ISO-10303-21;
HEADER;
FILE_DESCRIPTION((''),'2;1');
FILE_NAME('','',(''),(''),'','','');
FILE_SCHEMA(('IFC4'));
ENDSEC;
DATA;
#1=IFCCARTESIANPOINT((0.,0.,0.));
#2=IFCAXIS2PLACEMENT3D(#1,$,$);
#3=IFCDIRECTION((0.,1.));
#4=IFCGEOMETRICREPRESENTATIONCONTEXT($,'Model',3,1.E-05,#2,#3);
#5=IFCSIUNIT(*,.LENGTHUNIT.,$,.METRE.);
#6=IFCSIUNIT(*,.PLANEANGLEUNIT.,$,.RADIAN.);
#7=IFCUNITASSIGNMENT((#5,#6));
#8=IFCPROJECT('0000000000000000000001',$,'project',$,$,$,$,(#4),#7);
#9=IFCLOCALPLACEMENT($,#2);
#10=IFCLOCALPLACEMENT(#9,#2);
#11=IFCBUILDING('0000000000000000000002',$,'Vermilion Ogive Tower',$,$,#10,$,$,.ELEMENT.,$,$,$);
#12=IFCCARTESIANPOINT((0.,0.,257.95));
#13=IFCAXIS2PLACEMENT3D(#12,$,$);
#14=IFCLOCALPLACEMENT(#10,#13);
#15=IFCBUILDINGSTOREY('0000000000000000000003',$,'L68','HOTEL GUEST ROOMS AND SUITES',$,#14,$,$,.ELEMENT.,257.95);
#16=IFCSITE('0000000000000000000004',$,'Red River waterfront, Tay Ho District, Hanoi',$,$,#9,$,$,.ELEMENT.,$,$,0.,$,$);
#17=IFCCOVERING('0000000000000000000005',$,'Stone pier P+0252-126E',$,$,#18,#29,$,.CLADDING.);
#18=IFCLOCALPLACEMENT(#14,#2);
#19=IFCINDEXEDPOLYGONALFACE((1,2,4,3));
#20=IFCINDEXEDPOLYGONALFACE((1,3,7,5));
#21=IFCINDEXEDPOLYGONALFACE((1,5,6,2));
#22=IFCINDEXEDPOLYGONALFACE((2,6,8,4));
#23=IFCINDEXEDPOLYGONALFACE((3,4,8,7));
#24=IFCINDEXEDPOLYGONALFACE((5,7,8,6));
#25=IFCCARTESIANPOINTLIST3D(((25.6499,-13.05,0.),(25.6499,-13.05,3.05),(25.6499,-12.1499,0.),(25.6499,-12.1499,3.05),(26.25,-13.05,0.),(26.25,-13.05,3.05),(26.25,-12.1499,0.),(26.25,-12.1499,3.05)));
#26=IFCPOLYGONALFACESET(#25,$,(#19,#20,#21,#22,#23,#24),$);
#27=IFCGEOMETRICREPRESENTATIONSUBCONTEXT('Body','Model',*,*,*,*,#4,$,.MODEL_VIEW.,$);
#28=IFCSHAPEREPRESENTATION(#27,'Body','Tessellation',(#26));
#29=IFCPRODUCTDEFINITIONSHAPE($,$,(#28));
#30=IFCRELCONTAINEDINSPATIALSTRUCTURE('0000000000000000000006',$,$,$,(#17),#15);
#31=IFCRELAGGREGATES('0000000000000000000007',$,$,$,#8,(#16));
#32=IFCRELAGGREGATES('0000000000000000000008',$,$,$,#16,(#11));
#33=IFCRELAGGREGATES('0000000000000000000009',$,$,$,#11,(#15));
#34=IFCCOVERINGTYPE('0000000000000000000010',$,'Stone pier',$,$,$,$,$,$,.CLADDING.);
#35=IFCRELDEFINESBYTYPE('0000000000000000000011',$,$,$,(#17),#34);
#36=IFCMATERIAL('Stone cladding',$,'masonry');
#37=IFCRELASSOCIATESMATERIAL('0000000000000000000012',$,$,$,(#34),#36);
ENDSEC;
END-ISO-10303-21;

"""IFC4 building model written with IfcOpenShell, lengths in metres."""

from ifc_helpers import new_model, si_unit, direction, frame, origin, place, context, subcontext, project, spatial, polyline, outline, extrude, material, type_object, element, save


model = new_model("IFC4")

# Units and contexts
model_context = context("Model", 3, precision=1e-05, world=origin(), true_north=direction((0.0, 1.0)))
body_context = subcontext(model_context, "Body", "Model", "MODEL_VIEW")
ifc_project = project(units=[si_unit("LENGTHUNIT", "METRE"), si_unit("PLANEANGLEUNIT", "RADIAN")], contexts=[model_context])

# Site, building, storey
site_placement = place(None, origin())
site = spatial("IfcSite", under=ifc_project, at=site_placement, Name="Red River waterfront, Tay Ho District, Hanoi", CompositionType="ELEMENT", RefElevation=0.0)
building_placement = place(site_placement, origin())
building = spatial("IfcBuilding", under=site, at=building_placement, Name="Vermilion Ogive Tower", CompositionType="ELEMENT")
storey_placement = place(building_placement, frame((0.0, 0.0, 257.95)))
storey = spatial("IfcBuildingStorey", under=building, at=storey_placement, Name="L68", Description="HOTEL GUEST ROOMS AND SUITES", CompositionType="ELEMENT", Elevation=257.95)

# Covering
ifc_material_1 = material(Name="Stone cladding", Category="masonry")
covering_type_1 = type_object("IfcCoveringType", Name="Stone pier", PredefinedType="CLADDING", material=ifc_material_1)
covering_1_placement = place(storey_placement, origin())
element("IfcCovering", 1, at=covering_1_placement, inside=storey, type_object=covering_type_1, Name="Stone pier P+0252-126E", PredefinedType="CLADDING", context=body_context, shape_type="SweptSolid", body=[
    extrude(outline(polyline([(26.25, -13.05), (25.6499, -13.05), (25.6499, -12.1499), (26.25, -12.1499), (26.25, -13.05)])), origin(), (0.0, 0.0, 1.0), 3.05),
])

save(model, "model.ifc")
